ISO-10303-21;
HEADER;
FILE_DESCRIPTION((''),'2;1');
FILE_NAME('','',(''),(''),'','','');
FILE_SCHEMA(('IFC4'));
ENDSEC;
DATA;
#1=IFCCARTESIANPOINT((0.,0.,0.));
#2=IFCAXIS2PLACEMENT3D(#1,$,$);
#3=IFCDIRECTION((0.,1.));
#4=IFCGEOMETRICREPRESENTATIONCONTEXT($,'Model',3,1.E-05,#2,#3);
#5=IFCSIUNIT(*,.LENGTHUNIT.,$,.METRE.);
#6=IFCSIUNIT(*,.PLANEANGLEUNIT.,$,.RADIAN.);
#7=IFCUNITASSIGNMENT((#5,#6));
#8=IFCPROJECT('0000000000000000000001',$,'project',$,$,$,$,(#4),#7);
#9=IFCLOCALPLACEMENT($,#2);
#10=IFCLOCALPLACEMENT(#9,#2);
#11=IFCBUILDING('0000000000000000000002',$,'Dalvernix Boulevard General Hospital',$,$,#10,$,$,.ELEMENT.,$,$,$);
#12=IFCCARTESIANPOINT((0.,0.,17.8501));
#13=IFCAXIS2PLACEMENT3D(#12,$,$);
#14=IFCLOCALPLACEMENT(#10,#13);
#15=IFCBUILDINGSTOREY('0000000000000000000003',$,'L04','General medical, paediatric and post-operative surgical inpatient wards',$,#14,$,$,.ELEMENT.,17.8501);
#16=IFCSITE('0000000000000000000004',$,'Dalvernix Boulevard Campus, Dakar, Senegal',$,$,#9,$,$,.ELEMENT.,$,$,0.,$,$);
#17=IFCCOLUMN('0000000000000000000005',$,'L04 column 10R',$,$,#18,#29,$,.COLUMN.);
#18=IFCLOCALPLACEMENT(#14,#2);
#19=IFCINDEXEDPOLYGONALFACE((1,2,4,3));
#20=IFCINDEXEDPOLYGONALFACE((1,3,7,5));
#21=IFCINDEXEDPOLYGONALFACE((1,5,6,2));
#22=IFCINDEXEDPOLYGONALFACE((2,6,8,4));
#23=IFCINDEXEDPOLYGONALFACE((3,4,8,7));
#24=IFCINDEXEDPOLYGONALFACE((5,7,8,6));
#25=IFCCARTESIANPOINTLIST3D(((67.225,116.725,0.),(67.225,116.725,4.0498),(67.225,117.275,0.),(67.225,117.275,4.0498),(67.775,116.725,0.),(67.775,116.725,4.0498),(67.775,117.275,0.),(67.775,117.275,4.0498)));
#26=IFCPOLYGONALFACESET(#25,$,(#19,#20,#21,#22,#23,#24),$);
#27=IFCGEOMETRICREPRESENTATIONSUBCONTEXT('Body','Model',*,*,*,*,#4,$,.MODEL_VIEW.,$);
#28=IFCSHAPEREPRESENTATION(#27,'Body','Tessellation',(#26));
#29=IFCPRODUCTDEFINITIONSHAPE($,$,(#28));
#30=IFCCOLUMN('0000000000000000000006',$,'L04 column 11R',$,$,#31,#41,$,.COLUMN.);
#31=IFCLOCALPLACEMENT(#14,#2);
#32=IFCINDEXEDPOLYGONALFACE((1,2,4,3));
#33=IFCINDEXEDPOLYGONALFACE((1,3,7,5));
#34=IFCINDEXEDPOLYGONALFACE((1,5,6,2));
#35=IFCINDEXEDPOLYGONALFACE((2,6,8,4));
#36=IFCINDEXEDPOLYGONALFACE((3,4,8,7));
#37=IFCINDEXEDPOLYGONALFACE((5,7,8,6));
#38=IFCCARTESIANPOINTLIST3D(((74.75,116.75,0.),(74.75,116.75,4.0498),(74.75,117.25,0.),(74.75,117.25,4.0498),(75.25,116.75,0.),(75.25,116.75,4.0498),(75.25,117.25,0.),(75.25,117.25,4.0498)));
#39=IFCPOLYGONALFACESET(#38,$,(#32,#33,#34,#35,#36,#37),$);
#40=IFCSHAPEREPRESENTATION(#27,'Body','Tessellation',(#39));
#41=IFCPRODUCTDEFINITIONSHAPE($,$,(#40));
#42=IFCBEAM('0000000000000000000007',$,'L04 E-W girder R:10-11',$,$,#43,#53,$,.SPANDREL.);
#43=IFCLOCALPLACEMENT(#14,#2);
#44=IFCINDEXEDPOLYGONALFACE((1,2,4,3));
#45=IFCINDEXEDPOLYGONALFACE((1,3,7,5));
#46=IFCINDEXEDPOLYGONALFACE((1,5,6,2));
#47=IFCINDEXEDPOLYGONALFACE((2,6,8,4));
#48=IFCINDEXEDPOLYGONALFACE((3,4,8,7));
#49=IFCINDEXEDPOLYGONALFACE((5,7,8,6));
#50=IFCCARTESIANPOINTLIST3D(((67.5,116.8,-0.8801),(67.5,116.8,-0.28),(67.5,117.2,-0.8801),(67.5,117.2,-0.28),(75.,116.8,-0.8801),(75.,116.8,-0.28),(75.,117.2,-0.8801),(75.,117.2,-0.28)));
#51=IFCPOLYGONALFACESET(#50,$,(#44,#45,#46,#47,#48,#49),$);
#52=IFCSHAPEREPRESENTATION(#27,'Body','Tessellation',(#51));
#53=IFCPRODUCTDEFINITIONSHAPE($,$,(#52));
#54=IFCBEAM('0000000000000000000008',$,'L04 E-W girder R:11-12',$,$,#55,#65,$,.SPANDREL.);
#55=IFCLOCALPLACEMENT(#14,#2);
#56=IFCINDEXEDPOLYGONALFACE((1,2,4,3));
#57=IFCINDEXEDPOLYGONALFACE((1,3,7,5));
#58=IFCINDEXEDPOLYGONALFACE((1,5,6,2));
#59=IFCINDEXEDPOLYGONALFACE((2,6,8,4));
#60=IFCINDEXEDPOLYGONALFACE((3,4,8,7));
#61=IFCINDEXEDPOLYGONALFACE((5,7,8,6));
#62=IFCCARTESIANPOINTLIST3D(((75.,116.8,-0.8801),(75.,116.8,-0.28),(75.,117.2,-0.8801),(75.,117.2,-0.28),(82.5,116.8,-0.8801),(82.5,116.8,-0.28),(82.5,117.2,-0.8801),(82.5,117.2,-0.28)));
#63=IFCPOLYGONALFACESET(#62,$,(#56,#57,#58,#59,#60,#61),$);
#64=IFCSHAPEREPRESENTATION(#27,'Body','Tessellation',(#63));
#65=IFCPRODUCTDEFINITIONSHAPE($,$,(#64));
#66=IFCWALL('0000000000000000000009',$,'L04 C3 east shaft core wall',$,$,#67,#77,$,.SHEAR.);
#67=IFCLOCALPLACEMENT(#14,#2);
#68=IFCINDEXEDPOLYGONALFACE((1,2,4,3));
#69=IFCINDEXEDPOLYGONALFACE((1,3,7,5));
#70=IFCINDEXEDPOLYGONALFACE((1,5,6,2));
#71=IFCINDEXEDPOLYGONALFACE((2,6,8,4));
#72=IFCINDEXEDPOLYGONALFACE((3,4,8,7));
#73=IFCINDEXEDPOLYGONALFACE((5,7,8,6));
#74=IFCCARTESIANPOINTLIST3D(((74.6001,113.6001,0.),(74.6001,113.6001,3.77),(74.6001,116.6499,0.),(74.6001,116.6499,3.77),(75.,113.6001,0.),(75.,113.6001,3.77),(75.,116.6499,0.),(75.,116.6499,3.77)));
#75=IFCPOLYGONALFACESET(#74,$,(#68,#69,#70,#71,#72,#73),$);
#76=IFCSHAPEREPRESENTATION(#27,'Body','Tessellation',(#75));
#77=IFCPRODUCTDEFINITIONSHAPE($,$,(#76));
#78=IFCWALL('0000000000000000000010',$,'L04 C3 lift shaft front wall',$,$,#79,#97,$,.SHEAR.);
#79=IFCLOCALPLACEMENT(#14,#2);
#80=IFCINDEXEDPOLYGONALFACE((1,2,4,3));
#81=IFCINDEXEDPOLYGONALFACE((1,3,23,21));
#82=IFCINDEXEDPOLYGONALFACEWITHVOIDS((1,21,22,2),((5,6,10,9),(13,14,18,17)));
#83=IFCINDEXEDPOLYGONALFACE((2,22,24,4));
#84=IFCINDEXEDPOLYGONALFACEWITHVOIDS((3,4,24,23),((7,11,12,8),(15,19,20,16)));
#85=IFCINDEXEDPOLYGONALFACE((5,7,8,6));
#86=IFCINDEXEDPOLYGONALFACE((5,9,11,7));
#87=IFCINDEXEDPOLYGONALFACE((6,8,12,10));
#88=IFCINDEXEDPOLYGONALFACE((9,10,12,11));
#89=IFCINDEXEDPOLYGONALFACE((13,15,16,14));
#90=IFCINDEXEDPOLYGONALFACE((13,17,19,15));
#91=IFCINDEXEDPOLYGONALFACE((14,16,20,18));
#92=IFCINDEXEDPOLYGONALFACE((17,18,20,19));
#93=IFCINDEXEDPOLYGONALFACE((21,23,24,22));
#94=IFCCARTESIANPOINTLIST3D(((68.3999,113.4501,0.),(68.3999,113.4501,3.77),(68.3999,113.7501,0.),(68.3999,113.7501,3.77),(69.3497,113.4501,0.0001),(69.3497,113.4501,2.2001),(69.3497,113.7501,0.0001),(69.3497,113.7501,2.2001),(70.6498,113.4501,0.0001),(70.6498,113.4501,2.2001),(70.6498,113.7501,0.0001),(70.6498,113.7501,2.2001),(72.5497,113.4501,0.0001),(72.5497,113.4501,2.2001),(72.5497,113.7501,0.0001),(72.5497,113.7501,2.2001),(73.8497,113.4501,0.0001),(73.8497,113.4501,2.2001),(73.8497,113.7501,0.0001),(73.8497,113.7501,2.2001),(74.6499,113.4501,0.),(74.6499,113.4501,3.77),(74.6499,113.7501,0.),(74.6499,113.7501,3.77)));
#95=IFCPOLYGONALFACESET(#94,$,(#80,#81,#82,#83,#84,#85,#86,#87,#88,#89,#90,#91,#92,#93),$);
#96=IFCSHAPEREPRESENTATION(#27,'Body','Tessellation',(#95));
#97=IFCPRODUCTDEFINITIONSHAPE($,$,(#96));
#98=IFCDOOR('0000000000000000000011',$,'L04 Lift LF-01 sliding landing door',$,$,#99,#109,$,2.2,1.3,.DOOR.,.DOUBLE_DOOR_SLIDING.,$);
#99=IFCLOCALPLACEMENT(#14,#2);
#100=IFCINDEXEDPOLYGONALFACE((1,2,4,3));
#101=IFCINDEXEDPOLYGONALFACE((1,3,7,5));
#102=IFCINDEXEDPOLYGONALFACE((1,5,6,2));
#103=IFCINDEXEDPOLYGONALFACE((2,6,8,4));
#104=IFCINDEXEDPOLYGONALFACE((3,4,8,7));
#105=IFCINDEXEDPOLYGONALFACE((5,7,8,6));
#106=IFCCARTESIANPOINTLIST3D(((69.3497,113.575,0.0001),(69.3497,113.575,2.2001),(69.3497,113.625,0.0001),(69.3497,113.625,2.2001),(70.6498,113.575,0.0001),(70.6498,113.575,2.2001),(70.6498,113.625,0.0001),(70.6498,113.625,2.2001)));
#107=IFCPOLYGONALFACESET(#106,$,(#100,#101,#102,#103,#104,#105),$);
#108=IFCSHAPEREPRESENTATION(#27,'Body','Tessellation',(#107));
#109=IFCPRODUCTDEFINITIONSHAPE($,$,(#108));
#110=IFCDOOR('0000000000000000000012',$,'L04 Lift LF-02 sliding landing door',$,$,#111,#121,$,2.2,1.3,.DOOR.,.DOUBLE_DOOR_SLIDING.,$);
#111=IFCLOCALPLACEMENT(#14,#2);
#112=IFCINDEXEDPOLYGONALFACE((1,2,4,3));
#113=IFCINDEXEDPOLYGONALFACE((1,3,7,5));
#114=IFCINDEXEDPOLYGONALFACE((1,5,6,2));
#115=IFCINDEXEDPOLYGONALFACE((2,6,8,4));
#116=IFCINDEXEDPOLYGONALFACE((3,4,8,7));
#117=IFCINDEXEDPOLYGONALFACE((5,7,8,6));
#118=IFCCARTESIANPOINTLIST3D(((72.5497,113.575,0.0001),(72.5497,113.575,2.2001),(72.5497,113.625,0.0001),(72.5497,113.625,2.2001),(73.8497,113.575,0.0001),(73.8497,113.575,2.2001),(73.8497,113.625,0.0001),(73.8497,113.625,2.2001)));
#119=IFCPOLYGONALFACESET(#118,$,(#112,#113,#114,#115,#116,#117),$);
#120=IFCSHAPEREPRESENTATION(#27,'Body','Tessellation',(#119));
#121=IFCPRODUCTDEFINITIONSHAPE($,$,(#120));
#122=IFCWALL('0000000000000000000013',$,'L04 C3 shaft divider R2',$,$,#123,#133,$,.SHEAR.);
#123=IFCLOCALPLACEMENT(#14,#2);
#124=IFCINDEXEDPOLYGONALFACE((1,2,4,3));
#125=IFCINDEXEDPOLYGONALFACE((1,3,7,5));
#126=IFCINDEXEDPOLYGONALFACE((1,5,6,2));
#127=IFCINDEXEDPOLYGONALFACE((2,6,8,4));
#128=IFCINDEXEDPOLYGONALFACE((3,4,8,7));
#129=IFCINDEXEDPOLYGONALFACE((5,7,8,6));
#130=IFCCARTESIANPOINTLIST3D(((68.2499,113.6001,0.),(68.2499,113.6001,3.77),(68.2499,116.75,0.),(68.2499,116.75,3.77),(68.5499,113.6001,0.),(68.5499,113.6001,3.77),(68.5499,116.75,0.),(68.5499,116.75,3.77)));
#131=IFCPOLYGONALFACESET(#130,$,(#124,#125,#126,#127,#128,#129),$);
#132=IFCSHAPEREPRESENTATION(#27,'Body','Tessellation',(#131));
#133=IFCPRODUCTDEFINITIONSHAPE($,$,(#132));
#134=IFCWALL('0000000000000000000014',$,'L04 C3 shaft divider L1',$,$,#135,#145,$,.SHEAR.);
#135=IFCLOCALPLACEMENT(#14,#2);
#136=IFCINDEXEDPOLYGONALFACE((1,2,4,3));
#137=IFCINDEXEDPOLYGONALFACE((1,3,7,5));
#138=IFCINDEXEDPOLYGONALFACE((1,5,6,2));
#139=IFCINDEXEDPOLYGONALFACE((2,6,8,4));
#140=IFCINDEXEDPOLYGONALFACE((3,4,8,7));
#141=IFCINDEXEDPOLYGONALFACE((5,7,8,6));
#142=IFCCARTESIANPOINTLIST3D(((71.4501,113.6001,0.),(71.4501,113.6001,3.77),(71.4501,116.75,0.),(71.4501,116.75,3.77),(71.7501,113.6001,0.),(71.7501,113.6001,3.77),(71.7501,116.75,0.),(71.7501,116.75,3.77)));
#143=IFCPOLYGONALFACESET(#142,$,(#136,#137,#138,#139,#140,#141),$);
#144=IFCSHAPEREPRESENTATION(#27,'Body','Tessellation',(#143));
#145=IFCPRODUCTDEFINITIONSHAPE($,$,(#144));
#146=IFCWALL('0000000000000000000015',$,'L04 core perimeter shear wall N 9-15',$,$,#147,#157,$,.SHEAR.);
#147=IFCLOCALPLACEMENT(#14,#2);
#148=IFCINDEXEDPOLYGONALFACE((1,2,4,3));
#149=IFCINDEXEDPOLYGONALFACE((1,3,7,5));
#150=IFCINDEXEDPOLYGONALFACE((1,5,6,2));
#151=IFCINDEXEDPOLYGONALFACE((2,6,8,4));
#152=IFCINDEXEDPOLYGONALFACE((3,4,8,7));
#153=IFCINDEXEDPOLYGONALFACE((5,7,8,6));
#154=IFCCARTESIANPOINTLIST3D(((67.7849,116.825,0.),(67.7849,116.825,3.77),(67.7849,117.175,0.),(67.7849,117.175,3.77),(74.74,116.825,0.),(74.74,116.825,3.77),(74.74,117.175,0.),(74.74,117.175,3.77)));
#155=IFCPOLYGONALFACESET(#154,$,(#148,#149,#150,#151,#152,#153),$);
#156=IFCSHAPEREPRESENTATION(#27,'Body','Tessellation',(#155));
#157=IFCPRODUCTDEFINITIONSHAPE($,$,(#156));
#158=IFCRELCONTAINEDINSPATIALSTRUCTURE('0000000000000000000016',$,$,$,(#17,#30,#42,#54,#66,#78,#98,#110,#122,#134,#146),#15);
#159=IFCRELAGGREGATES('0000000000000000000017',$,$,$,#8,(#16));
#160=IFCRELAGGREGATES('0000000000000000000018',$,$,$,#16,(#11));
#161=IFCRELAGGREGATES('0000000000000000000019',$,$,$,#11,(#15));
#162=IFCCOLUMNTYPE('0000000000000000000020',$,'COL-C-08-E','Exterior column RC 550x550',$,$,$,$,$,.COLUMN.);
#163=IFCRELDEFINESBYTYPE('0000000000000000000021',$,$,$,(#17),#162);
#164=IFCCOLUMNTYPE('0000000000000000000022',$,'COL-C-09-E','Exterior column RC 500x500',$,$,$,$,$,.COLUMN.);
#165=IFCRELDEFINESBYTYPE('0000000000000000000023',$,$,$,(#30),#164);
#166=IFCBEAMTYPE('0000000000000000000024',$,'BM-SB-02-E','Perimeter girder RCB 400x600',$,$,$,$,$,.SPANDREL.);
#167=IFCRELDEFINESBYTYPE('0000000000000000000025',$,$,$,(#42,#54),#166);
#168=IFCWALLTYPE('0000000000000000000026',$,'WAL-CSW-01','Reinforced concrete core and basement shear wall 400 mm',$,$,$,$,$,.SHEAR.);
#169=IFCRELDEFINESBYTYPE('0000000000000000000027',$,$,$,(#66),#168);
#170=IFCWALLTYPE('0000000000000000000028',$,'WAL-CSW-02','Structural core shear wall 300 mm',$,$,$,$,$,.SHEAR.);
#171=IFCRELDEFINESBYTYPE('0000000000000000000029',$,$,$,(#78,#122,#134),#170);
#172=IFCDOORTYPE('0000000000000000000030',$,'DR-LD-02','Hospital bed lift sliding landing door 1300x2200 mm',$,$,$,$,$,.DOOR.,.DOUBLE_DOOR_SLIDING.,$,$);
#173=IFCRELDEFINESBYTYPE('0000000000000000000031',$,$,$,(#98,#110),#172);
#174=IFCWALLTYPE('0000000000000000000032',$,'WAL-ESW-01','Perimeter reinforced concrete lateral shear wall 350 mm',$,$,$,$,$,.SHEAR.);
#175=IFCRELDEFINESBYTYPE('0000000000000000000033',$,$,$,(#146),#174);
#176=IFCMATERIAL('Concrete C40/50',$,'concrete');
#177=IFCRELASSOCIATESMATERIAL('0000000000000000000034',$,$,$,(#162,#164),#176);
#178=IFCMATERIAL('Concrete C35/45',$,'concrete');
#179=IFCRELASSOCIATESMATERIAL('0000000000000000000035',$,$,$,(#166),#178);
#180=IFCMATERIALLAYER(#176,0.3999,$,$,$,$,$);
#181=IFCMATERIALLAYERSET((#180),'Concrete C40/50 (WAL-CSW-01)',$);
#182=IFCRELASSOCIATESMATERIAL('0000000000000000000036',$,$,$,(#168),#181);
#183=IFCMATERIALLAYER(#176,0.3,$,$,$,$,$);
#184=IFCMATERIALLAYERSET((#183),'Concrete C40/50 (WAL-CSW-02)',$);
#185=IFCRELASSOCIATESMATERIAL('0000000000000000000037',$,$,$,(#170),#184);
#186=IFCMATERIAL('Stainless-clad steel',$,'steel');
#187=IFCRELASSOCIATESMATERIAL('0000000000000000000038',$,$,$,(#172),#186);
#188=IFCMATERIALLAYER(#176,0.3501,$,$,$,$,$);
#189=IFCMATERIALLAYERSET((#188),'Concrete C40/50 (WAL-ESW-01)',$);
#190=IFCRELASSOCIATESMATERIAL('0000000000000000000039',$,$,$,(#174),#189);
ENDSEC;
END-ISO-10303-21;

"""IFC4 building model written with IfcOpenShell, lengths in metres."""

from ifc_helpers import new_model, si_unit, direction, frame, frame_2d, origin, origin_2d, place, context, subcontext, project, spatial, rectangle, extrude, material, layer, layer_set, material_profile, profile_set, type_object, element, fill, save


model = new_model("IFC4")

# Units and contexts
model_context = context("Model", 3, precision=1e-05, world=origin(), true_north=direction((0.0, 1.0)))
body_context = subcontext(model_context, "Body", "Model", "MODEL_VIEW")
ifc_project = project(units=[si_unit("LENGTHUNIT", "METRE"), si_unit("PLANEANGLEUNIT", "RADIAN")], contexts=[model_context])

# Site, building, storey
site_placement = place(None, origin())
site = spatial("IfcSite", under=ifc_project, at=site_placement, Name="Dalvernix Boulevard Campus, Dakar, Senegal", CompositionType="ELEMENT", RefElevation=0.0)
building_placement = place(site_placement, origin())
building = spatial("IfcBuilding", under=site, at=building_placement, Name="Dalvernix Boulevard General Hospital", CompositionType="ELEMENT")
storey_placement = place(building_placement, frame((0.0, 0.0, 17.8501)))
storey = spatial("IfcBuildingStorey", under=building, at=storey_placement, Name="L04", Description="General medical, paediatric and post-operative surgical inpatient wards", CompositionType="ELEMENT", Elevation=17.8501)

# Columns
ifc_material_1 = material(Name="Concrete C40/50", Category="concrete")
ifc_material_profile_1 = material_profile(ifc_material_1, rectangle(XDim=0.55, YDim=0.55, at=origin_2d()), Name="RC 550x550")
ifc_profile_set_1 = profile_set([ifc_material_profile_1], Name="Concrete C40/50")
column_type_1 = type_object("IfcColumnType", Name="COL-C-08-E", Description="Exterior column RC 550x550", PredefinedType="COLUMN", material=ifc_profile_set_1)
column_1_placement = place(storey_placement, frame((67.5, 117.0, 0.0), z_axis=(0.0, 0.0, 1.0), x_axis=(1.0, 0.0, 0.0)))
element("IfcColumn", 1, at=column_1_placement, inside=storey, type_object=column_type_1, Name="L04 column 10R", PredefinedType="COLUMN", context=body_context, shape_type="SweptSolid", body=[
    extrude(rectangle(XDim=0.55, YDim=0.55, at=origin_2d()), origin(), (0.0, 0.0, 1.0), 4.0498),
])
ifc_material_profile_2 = material_profile(ifc_material_1, rectangle(XDim=0.5, YDim=0.5, at=origin_2d()), Name="RC 500x500")
ifc_profile_set_2 = profile_set([ifc_material_profile_2], Name="Concrete C40/50")
column_type_2 = type_object("IfcColumnType", Name="COL-C-09-E", Description="Exterior column RC 500x500", PredefinedType="COLUMN", material=ifc_profile_set_2)
column_2_placement = place(storey_placement, frame((75.0, 117.0, 0.0), z_axis=(0.0, 0.0, 1.0), x_axis=(1.0, 0.0, 0.0)))
element("IfcColumn", 2, at=column_2_placement, inside=storey, type_object=column_type_2, Name="L04 column 11R", PredefinedType="COLUMN", context=body_context, shape_type="SweptSolid", body=[
    extrude(rectangle(XDim=0.5, YDim=0.5, at=origin_2d()), origin(), (0.0, 0.0, 1.0), 4.0498),
])

# Beams
ifc_material_2 = material(Name="Concrete C35/45", Category="concrete")
ifc_material_profile_3 = material_profile(ifc_material_2, rectangle(XDim=0.3999, YDim=0.6001, at=origin_2d()), Name="RCB 400x600")
ifc_profile_set_3 = profile_set([ifc_material_profile_3], Name="Concrete C35/45")
beam_type = type_object("IfcBeamType", Name="BM-SB-02-E", Description="Perimeter girder RCB 400x600", PredefinedType="SPANDREL", material=ifc_profile_set_3)
for number, where, z_axis, x_axis, name in (
    (3, (67.5, 117.0, -0.5801), (1.0, 0.0, 0.0), (0.0, 1.0, 0.0), "L04 E-W girder R:10-11"),
    (4, (75.0, 117.0, -0.5801), (1.0, 0.0, 0.0), (0.0, 1.0, 0.0), "L04 E-W girder R:11-12"),
):
    element("IfcBeam", number, at=place(storey_placement, frame(where, z_axis=z_axis, x_axis=x_axis)), inside=storey, type_object=beam_type, Name=name, PredefinedType="SPANDREL", context=body_context, shape_type="SweptSolid", body=[
        extrude(rectangle(XDim=0.3999, YDim=0.6001, at=origin_2d()), origin(), (0.0, 0.0, 1.0), 7.5),
    ])

# Wall
ifc_layer_1 = layer(ifc_material_1, 0.3999)
ifc_layer_set_1 = layer_set([ifc_layer_1], Name="Concrete C40/50 (WAL-CSW-01)")
wall_type_1 = type_object("IfcWallType", Name="WAL-CSW-01", Description="Reinforced concrete core and basement shear wall 400 mm", PredefinedType="SHEAR", material=ifc_layer_set_1)
wall_1_placement = place(storey_placement, frame((74.8, 113.6001, 0.0), z_axis=(0.0, 0.0, 1.0), x_axis=(0.0, 1.0, 0.0)))
element("IfcWall", 5, at=wall_1_placement, inside=storey, type_object=wall_type_1, Name="L04 C3 east shaft core wall", PredefinedType="SHEAR", context=body_context, shape_type="SweptSolid", body=[
    extrude(rectangle(XDim=3.0498, YDim=0.3999, at=frame_2d((1.5249, 0.0))), origin(), (0.0, 0.0, 1.0), 3.77),
])

# Wall, openings, doors
ifc_layer_2 = layer(ifc_material_1, 0.3)
ifc_layer_set_2 = layer_set([ifc_layer_2], Name="Concrete C40/50 (WAL-CSW-02)")
wall_type_2 = type_object("IfcWallType", Name="WAL-CSW-02", Description="Structural core shear wall 300 mm", PredefinedType="SHEAR", material=ifc_layer_set_2)
wall_2_placement = place(storey_placement, frame((68.3999, 113.6001, 0.0), z_axis=(0.0, 0.0, 1.0), x_axis=(1.0, 0.0, 0.0)))
wall_2 = element("IfcWall", 6, at=wall_2_placement, inside=storey, type_object=wall_type_2, Name="L04 C3 lift shaft front wall", PredefinedType="SHEAR", context=body_context, shape_type="SweptSolid", body=[
    extrude(rectangle(XDim=6.25, YDim=0.3, at=frame_2d((3.125, 0.0))), origin(), (0.0, 0.0, 1.0), 3.77),
])
opening_1_placement = place(wall_2_placement, frame((0.95, 0.0, 0.0)))
opening_1 = element("IfcOpeningElement", 7, at=opening_1_placement, cuts=wall_2, PredefinedType="OPENING", context=body_context, shape_type="SweptSolid", body=[
    extrude(rectangle(XDim=1.3, YDim=2.2, at=frame_2d((0.6499, 1.1001))), frame((0.0, 0.1599, 0.0), z_axis=(0.0, -1.0, 0.0), x_axis=(1.0, 0.0, 0.0)), (0.0, 0.0, 1.0), 0.3201),
])
opening_2_placement = place(wall_2_placement, frame((4.1499, 0.0, 0.0)))
opening_2 = element("IfcOpeningElement", 8, at=opening_2_placement, cuts=wall_2, PredefinedType="OPENING", context=body_context, shape_type="SweptSolid", body=[
    extrude(rectangle(XDim=1.3, YDim=2.2, at=frame_2d((0.6499, 1.1001))), frame((0.0, 0.1599, 0.0), z_axis=(0.0, -1.0, 0.0), x_axis=(1.0, 0.0, 0.0)), (0.0, 0.0, 1.0), 0.3201),
])
ifc_material_3 = material(Name="Stainless-clad steel", Category="steel")
door_type = type_object("IfcDoorType", Name="DR-LD-02", Description="Hospital bed lift sliding landing door 1300x2200 mm", OperationType="DOUBLE_DOOR_SLIDING", PredefinedType="DOOR", material=ifc_material_3)
door_1_placement = place(opening_1_placement, origin())
door_1 = element("IfcDoor", 9, at=door_1_placement, inside=storey, type_object=door_type, Name="L04 Lift LF-01 sliding landing door", OperationType="DOUBLE_DOOR_SLIDING", OverallHeight=2.2, OverallWidth=1.3, PredefinedType="DOOR", context=body_context, shape_type="SweptSolid", body=[
    extrude(rectangle(XDim=1.3, YDim=2.2, at=frame_2d((0.6499, 1.1001))), frame((0.0, 0.0249, 0.0), z_axis=(0.0, -1.0, 0.0), x_axis=(1.0, 0.0, 0.0)), (0.0, 0.0, 1.0), 0.05),
])
fill(opening_1, door_1)
door_2_placement = place(opening_2_placement, origin())
door_2 = element("IfcDoor", 10, at=door_2_placement, inside=storey, type_object=door_type, Name="L04 Lift LF-02 sliding landing door", OperationType="DOUBLE_DOOR_SLIDING", OverallHeight=2.2, OverallWidth=1.3, PredefinedType="DOOR", context=body_context, shape_type="SweptSolid", body=[
    extrude(rectangle(XDim=1.3, YDim=2.2, at=frame_2d((0.6499, 1.1001))), frame((0.0, 0.0249, 0.0), z_axis=(0.0, -1.0, 0.0), x_axis=(1.0, 0.0, 0.0)), (0.0, 0.0, 1.0), 0.05),
])
fill(opening_2, door_2)

# Walls
for number, where, z_axis, x_axis, name in (
    (11, (68.3999, 113.6001, 0.0), (0.0, 0.0, 1.0), (0.0, 1.0, 0.0), "L04 C3 shaft divider R2"),
    (12, (71.6001, 113.6001, 0.0), (0.0, 0.0, 1.0), (0.0, 1.0, 0.0), "L04 C3 shaft divider L1"),
):
    element("IfcWall", number, at=place(storey_placement, frame(where, z_axis=z_axis, x_axis=x_axis)), inside=storey, type_object=wall_type_2, Name=name, PredefinedType="SHEAR", context=body_context, shape_type="SweptSolid", body=[
        extrude(rectangle(XDim=3.1499, YDim=0.3, at=frame_2d((1.575, 0.0))), origin(), (0.0, 0.0, 1.0), 3.77),
    ])
ifc_layer_3 = layer(ifc_material_1, 0.3501)
ifc_layer_set_3 = layer_set([ifc_layer_3], Name="Concrete C40/50 (WAL-ESW-01)")
wall_type_3 = type_object("IfcWallType", Name="WAL-ESW-01", Description="Perimeter reinforced concrete lateral shear wall 350 mm", PredefinedType="SHEAR", material=ifc_layer_set_3)
wall_3_placement = place(storey_placement, frame((67.7849, 117.0, 0.0), z_axis=(0.0, 0.0, 1.0), x_axis=(1.0, 0.0, 0.0)))
element("IfcWall", 13, at=wall_3_placement, inside=storey, type_object=wall_type_3, Name="L04 core perimeter shear wall N 9-15", PredefinedType="SHEAR", context=body_context, shape_type="SweptSolid", body=[
    extrude(rectangle(XDim=6.9551, YDim=0.3501, at=frame_2d((3.4775, 0.0))), origin(), (0.0, 0.0, 1.0), 3.77),
])

save(model, "model.ifc")
